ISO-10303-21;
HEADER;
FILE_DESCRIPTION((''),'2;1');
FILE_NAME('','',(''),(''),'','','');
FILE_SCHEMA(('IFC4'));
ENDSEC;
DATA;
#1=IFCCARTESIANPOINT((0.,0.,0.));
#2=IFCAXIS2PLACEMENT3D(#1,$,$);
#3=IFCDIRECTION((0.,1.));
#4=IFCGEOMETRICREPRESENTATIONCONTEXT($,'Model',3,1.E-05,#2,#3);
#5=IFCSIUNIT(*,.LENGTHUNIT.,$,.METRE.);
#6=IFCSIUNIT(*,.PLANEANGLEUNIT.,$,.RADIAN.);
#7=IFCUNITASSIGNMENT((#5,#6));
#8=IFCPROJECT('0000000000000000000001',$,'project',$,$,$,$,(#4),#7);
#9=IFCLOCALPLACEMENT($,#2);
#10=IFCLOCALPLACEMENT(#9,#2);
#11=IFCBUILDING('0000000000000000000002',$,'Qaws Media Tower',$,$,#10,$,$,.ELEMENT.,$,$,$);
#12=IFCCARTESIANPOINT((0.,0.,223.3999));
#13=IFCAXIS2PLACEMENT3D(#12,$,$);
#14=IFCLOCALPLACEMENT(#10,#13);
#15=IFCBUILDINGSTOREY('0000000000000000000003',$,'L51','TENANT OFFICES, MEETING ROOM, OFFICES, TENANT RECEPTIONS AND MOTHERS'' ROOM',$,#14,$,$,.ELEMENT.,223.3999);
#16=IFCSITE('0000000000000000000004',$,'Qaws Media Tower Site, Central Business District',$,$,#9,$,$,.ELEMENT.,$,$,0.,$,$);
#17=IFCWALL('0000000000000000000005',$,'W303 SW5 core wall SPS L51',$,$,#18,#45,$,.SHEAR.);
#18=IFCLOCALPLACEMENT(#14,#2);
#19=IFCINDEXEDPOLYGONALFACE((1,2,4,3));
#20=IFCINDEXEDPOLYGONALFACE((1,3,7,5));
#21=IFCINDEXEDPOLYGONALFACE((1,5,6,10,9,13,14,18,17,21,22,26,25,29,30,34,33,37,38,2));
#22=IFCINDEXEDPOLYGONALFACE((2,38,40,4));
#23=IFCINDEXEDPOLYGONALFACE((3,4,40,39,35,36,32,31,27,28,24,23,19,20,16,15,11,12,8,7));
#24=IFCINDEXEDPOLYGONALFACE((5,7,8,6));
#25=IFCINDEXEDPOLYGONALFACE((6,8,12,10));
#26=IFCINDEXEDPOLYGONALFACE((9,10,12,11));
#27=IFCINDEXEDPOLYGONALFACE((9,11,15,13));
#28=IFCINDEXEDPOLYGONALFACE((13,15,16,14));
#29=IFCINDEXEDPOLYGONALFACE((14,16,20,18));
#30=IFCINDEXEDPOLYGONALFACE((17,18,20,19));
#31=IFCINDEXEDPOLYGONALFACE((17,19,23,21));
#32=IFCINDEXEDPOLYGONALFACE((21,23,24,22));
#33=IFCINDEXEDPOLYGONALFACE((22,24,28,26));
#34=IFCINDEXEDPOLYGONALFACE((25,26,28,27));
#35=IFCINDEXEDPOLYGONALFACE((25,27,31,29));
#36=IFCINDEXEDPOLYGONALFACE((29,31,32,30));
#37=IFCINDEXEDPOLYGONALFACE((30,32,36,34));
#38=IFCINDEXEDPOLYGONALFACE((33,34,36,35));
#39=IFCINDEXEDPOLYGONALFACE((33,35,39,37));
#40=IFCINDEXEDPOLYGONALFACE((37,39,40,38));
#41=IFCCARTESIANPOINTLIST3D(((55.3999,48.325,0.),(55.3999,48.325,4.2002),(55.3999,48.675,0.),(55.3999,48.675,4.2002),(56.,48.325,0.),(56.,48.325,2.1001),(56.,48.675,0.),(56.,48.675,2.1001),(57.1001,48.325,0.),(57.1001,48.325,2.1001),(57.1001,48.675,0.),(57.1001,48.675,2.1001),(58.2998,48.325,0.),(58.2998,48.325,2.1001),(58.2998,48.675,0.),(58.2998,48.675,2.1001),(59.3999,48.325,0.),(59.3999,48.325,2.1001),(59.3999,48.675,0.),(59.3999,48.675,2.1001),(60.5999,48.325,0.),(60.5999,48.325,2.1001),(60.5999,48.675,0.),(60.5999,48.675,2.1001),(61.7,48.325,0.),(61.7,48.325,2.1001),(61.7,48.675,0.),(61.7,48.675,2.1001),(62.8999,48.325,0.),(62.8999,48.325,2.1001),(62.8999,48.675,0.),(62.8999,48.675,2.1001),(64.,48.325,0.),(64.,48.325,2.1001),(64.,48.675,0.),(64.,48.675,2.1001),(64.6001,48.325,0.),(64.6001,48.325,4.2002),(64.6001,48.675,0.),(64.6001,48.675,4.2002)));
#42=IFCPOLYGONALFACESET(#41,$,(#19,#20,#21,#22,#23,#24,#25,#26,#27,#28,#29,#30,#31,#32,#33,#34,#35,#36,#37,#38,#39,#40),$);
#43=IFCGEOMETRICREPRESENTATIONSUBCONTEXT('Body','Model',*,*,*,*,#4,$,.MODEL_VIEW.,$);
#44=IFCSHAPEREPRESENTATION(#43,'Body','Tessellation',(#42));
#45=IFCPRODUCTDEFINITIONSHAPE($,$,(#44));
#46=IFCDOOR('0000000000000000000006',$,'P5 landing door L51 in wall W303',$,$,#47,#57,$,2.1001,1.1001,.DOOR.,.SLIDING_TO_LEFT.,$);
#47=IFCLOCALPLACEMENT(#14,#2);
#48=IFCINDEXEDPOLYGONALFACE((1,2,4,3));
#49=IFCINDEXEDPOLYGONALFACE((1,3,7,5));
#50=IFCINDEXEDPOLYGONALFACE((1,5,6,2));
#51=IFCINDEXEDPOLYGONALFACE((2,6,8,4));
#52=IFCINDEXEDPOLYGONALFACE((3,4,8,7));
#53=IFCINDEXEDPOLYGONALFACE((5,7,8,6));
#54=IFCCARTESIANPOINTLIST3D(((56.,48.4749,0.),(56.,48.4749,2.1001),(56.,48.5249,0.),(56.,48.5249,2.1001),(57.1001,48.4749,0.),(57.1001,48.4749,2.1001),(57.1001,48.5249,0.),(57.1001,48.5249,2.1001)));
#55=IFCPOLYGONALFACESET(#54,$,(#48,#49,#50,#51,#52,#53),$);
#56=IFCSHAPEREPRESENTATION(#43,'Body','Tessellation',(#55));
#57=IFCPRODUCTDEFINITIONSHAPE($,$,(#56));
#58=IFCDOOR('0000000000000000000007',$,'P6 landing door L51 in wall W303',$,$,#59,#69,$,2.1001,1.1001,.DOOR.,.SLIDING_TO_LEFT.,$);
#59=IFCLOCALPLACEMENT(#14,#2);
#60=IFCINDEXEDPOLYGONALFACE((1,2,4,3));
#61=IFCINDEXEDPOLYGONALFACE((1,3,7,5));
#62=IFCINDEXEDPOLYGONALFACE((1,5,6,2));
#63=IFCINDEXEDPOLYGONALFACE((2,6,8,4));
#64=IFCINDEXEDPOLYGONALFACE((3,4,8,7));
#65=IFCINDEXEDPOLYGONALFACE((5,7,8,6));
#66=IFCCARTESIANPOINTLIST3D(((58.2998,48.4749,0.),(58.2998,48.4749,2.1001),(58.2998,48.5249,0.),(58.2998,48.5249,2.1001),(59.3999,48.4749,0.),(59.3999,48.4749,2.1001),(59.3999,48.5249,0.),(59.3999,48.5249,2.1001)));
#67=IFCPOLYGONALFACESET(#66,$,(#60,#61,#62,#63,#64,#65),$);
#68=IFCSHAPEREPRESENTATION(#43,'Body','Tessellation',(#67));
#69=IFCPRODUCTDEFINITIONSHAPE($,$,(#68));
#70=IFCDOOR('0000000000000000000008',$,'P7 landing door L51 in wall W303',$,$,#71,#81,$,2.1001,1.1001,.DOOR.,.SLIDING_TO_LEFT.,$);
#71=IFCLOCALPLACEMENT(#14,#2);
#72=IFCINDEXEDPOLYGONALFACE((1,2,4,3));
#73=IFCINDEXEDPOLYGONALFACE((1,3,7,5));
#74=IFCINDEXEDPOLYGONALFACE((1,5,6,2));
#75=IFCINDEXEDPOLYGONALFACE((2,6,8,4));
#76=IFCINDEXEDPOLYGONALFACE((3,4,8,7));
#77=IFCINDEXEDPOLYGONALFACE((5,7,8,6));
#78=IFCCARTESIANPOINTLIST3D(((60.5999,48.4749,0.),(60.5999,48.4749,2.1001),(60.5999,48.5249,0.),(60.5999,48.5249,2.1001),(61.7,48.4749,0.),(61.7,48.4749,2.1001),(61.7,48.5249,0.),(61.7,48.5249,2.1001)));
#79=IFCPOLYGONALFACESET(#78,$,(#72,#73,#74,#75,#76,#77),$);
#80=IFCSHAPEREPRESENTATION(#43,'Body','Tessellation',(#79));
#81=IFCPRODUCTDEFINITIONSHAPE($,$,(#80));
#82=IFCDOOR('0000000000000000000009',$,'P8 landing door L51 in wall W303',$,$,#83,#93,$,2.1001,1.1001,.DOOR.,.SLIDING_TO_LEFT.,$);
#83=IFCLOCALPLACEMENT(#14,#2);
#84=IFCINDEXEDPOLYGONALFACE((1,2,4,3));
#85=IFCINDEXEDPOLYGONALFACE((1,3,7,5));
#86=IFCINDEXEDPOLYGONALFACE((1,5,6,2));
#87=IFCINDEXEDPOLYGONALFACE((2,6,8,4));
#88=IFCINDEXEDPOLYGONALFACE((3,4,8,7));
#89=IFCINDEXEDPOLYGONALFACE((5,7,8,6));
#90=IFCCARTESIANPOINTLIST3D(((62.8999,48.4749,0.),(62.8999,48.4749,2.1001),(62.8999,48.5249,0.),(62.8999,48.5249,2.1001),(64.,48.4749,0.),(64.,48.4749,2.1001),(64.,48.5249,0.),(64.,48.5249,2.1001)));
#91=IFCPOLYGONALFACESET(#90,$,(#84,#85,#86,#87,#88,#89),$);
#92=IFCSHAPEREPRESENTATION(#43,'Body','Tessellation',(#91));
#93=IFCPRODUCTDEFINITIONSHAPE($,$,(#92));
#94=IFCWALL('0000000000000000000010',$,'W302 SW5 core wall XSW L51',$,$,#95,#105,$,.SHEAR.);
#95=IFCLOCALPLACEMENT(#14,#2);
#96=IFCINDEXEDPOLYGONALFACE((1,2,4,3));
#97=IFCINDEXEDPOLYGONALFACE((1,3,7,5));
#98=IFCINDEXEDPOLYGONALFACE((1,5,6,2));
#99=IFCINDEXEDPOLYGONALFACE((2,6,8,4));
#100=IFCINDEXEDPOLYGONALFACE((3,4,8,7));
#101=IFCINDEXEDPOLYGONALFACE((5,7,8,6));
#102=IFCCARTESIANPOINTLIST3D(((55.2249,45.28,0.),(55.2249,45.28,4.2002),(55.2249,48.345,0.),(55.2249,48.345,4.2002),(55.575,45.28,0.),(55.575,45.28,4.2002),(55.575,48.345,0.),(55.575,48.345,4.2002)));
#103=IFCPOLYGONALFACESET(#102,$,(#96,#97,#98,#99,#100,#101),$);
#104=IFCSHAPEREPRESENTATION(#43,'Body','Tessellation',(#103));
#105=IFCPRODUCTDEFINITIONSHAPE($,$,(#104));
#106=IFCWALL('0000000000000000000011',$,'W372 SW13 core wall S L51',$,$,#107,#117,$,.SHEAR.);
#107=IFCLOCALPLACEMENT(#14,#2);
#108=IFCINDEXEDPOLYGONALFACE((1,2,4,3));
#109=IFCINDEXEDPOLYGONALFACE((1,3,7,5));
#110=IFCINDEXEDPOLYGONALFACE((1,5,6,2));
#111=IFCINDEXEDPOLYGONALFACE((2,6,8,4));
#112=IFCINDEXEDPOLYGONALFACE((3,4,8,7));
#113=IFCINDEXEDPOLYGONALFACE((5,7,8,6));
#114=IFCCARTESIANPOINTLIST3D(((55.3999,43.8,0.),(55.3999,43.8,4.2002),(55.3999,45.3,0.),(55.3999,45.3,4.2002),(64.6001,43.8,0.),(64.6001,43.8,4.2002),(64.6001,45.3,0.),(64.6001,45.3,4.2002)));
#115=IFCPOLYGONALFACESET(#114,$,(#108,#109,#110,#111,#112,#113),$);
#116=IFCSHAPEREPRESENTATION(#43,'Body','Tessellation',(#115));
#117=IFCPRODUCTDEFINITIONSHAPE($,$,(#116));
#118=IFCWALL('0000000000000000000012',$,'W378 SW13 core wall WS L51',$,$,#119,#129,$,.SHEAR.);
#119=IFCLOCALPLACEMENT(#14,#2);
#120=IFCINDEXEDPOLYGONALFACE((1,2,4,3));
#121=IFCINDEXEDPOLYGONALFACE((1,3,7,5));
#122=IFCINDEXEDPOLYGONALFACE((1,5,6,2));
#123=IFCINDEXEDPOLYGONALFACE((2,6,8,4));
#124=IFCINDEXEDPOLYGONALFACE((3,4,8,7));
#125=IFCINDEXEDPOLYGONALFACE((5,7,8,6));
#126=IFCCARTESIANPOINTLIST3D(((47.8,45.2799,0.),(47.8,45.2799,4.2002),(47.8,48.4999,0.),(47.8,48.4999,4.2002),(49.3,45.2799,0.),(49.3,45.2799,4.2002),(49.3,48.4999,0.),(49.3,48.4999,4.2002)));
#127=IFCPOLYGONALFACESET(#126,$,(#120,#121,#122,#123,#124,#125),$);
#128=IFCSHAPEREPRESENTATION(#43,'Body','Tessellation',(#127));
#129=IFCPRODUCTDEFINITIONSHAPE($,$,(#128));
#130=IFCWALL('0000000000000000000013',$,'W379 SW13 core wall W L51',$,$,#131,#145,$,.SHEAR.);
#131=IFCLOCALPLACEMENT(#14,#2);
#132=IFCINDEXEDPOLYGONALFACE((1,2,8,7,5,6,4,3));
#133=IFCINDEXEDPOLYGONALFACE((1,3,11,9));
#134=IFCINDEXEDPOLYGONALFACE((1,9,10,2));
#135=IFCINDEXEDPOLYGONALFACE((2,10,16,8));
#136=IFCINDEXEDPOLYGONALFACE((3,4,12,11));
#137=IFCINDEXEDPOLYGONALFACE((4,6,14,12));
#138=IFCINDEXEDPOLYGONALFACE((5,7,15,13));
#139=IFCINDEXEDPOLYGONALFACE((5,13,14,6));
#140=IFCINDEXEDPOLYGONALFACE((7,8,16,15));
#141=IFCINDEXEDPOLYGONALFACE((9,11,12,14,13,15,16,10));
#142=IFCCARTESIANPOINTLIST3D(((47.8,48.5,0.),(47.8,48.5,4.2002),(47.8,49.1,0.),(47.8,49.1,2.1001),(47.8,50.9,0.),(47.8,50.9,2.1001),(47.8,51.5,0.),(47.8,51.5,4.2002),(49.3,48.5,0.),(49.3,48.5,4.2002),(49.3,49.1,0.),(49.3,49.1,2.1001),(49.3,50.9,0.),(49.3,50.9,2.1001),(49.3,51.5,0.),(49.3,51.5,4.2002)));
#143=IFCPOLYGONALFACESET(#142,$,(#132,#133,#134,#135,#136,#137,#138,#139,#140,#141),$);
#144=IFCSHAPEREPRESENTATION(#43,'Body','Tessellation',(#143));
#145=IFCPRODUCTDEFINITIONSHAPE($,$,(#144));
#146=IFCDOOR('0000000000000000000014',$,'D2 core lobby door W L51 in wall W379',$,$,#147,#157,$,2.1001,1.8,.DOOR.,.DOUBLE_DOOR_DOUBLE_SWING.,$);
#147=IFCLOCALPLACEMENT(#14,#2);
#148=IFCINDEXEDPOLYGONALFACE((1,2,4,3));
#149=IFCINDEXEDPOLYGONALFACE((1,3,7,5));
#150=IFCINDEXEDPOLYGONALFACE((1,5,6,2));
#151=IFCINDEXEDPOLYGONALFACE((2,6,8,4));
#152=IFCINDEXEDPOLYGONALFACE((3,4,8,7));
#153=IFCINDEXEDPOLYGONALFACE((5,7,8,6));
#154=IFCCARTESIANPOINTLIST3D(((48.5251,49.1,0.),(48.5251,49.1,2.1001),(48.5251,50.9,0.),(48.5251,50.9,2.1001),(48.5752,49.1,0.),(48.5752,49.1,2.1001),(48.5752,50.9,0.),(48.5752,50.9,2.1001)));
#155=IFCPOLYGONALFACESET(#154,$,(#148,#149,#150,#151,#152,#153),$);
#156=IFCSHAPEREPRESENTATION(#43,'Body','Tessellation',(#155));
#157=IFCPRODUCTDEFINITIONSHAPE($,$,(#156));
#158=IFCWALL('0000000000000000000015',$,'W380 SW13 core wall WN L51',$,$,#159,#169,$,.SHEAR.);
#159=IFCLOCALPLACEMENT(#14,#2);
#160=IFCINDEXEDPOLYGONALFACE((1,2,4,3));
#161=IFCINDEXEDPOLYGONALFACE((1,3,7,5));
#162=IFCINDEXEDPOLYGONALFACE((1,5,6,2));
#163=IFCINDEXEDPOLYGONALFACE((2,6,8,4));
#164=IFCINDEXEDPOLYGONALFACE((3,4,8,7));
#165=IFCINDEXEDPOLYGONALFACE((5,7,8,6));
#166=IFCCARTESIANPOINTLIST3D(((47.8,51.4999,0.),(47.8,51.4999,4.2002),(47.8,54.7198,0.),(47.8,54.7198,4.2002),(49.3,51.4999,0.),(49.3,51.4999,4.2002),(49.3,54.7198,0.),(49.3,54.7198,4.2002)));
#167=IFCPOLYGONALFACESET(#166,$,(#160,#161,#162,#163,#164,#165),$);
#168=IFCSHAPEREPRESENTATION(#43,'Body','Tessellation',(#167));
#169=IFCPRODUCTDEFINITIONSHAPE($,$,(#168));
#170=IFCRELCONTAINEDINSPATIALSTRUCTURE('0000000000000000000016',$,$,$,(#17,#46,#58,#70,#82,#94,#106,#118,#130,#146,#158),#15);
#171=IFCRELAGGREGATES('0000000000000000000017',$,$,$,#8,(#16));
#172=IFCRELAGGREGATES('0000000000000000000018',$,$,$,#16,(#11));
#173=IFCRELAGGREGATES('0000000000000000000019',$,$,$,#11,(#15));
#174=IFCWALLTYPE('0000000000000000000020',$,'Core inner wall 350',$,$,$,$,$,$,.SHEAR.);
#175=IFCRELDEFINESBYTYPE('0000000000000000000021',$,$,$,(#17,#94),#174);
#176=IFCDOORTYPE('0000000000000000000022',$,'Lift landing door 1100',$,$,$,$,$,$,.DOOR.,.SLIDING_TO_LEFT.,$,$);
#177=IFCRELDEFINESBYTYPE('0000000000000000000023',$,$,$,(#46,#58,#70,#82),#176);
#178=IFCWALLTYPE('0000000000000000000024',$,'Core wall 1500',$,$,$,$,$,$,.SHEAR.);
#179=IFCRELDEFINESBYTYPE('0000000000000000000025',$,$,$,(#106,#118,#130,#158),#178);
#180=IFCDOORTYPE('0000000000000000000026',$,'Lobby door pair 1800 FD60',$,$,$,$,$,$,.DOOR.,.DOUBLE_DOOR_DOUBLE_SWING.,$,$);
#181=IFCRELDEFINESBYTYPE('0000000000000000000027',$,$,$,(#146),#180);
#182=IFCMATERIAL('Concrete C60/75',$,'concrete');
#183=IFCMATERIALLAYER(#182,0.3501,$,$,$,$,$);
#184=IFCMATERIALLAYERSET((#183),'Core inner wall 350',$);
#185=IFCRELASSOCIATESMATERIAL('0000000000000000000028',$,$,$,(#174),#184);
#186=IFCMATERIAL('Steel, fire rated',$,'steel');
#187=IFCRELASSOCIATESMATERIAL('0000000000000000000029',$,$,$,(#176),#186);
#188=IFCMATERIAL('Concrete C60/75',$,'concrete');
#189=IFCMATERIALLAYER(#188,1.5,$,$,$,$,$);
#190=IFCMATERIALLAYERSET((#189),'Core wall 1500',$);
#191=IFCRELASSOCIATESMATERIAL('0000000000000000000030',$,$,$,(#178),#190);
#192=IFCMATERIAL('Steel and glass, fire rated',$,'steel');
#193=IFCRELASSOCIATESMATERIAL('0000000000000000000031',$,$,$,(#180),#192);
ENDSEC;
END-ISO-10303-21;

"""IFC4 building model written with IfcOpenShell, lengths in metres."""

from ifc_helpers import new_model, si_unit, direction, frame, frame_2d, origin, place, context, subcontext, project, spatial, rectangle, extrude, material, layer, layer_set, type_object, element, fill, save


model = new_model("IFC4")

# Units and contexts
model_context = context("Model", 3, precision=1e-05, world=origin(), true_north=direction((0.0, 1.0)))
body_context = subcontext(model_context, "Body", "Model", "MODEL_VIEW")
ifc_project = project(units=[si_unit("LENGTHUNIT", "METRE"), si_unit("PLANEANGLEUNIT", "RADIAN")], contexts=[model_context])

# Site, building, storey
site_placement = place(None, origin())
site = spatial("IfcSite", under=ifc_project, at=site_placement, Name="Qaws Media Tower Site, Central Business District", CompositionType="ELEMENT", RefElevation=0.0)
building_placement = place(site_placement, origin())
building = spatial("IfcBuilding", under=site, at=building_placement, Name="Qaws Media Tower", CompositionType="ELEMENT")
storey_placement = place(building_placement, frame((0.0, 0.0, 223.3999)))
storey = spatial("IfcBuildingStorey", under=building, at=storey_placement, Name="L51", Description="TENANT OFFICES, MEETING ROOM, OFFICES, TENANT RECEPTIONS AND MOTHERS' ROOM", CompositionType="ELEMENT", Elevation=223.3999)

# Shared definitions
ifc_material_1 = material(Name="Concrete C60/75", Category="concrete")
ifc_layer_1 = layer(ifc_material_1, 0.3501)
ifc_layer_set_1 = layer_set([ifc_layer_1], Name="Core inner wall 350")
wall_type_1 = type_object("IfcWallType", Name="Core inner wall 350", PredefinedType="SHEAR", material=ifc_layer_set_1)

# Wall, openings, doors
wall_1_placement = place(storey_placement, frame((55.3999, 48.5, 0.0), z_axis=(0.0, 0.0, 1.0), x_axis=(1.0, 0.0, 0.0)))
wall_1 = element("IfcWall", 1, at=wall_1_placement, inside=storey, type_object=wall_type_1, Name="W303 SW5 core wall SPS L51", PredefinedType="SHEAR", context=body_context, shape_type="SweptSolid", body=[
    extrude(rectangle(XDim=9.2002, YDim=0.3501, at=frame_2d((4.6001, 0.0))), origin(), (0.0, 0.0, 1.0), 4.2002),
])
opening_1_placement = place(wall_1_placement, frame((0.6001, 0.0, 0.0)))
opening_1 = element("IfcOpeningElement", 2, at=opening_1_placement, cuts=wall_1, PredefinedType="OPENING", context=body_context, shape_type="SweptSolid", body=[
    extrude(rectangle(XDim=1.1001, YDim=2.1001, at=frame_2d((0.55, 1.05))), frame((0.0, 0.1851, 0.0), z_axis=(0.0, -1.0, 0.0), x_axis=(1.0, 0.0, 0.0)), (0.0, 0.0, 1.0), 0.3701),
])
opening_2_placement = place(wall_1_placement, frame((2.8999, 0.0, 0.0)))
opening_2 = element("IfcOpeningElement", 3, at=opening_2_placement, cuts=wall_1, PredefinedType="OPENING", context=body_context, shape_type="SweptSolid", body=[
    extrude(rectangle(XDim=1.1001, YDim=2.1001, at=frame_2d((0.55, 1.05))), frame((0.0, 0.1851, 0.0), z_axis=(0.0, -1.0, 0.0), x_axis=(1.0, 0.0, 0.0)), (0.0, 0.0, 1.0), 0.3701),
])
opening_3_placement = place(wall_1_placement, frame((5.2, 0.0, 0.0)))
opening_3 = element("IfcOpeningElement", 4, at=opening_3_placement, cuts=wall_1, PredefinedType="OPENING", context=body_context, shape_type="SweptSolid", body=[
    extrude(rectangle(XDim=1.1001, YDim=2.1001, at=frame_2d((0.55, 1.05))), frame((0.0, 0.1851, 0.0), z_axis=(0.0, -1.0, 0.0), x_axis=(1.0, 0.0, 0.0)), (0.0, 0.0, 1.0), 0.3701),
])
opening_4_placement = place(wall_1_placement, frame((7.5, 0.0, 0.0)))
opening_4 = element("IfcOpeningElement", 5, at=opening_4_placement, cuts=wall_1, PredefinedType="OPENING", context=body_context, shape_type="SweptSolid", body=[
    extrude(rectangle(XDim=1.1001, YDim=2.1001, at=frame_2d((0.55, 1.05))), frame((0.0, 0.1851, 0.0), z_axis=(0.0, -1.0, 0.0), x_axis=(1.0, 0.0, 0.0)), (0.0, 0.0, 1.0), 0.3701),
])
ifc_material_2 = material(Name="Steel, fire rated", Category="steel")
door_type_1 = type_object("IfcDoorType", Name="Lift landing door 1100", OperationType="SLIDING_TO_LEFT", PredefinedType="DOOR", material=ifc_material_2)
door_1_placement = place(opening_1_placement, origin())
door_1 = element("IfcDoor", 6, at=door_1_placement, inside=storey, type_object=door_type_1, Name="P5 landing door L51 in wall W303", OperationType="SLIDING_TO_LEFT", OverallHeight=2.1001, OverallWidth=1.1001, PredefinedType="DOOR", context=body_context, shape_type="SweptSolid", body=[
    extrude(rectangle(XDim=1.1001, YDim=2.1001, at=frame_2d((0.55, 1.05))), frame((0.0, 0.0249, 0.0), z_axis=(0.0, -1.0, 0.0), x_axis=(1.0, 0.0, 0.0)), (0.0, 0.0, 1.0), 0.05),
])
fill(opening_1, door_1)
door_2_placement = place(opening_2_placement, origin())
door_2 = element("IfcDoor", 7, at=door_2_placement, inside=storey, type_object=door_type_1, Name="P6 landing door L51 in wall W303", OperationType="SLIDING_TO_LEFT", OverallHeight=2.1001, OverallWidth=1.1001, PredefinedType="DOOR", context=body_context, shape_type="SweptSolid", body=[
    extrude(rectangle(XDim=1.1001, YDim=2.1001, at=frame_2d((0.55, 1.05))), frame((0.0, 0.0249, 0.0), z_axis=(0.0, -1.0, 0.0), x_axis=(1.0, 0.0, 0.0)), (0.0, 0.0, 1.0), 0.05),
])
fill(opening_2, door_2)
door_3_placement = place(opening_3_placement, origin())
door_3 = element("IfcDoor", 8, at=door_3_placement, inside=storey, type_object=door_type_1, Name="P7 landing door L51 in wall W303", OperationType="SLIDING_TO_LEFT", OverallHeight=2.1001, OverallWidth=1.1001, PredefinedType="DOOR", context=body_context, shape_type="SweptSolid", body=[
    extrude(rectangle(XDim=1.1001, YDim=2.1001, at=frame_2d((0.55, 1.05))), frame((0.0, 0.0249, 0.0), z_axis=(0.0, -1.0, 0.0), x_axis=(1.0, 0.0, 0.0)), (0.0, 0.0, 1.0), 0.05),
])
fill(opening_3, door_3)
door_4_placement = place(opening_4_placement, origin())
door_4 = element("IfcDoor", 9, at=door_4_placement, inside=storey, type_object=door_type_1, Name="P8 landing door L51 in wall W303", OperationType="SLIDING_TO_LEFT", OverallHeight=2.1001, OverallWidth=1.1001, PredefinedType="DOOR", context=body_context, shape_type="SweptSolid", body=[
    extrude(rectangle(XDim=1.1001, YDim=2.1001, at=frame_2d((0.55, 1.05))), frame((0.0, 0.0249, 0.0), z_axis=(0.0, -1.0, 0.0), x_axis=(1.0, 0.0, 0.0)), (0.0, 0.0, 1.0), 0.05),
])
fill(opening_4, door_4)

# Walls
wall_2_placement = place(storey_placement, frame((55.3999, 48.345, 0.0), z_axis=(0.0, 0.0, 1.0), x_axis=(0.0, -1.0, 0.0)))
element("IfcWall", 10, at=wall_2_placement, inside=storey, type_object=wall_type_1, Name="W302 SW5 core wall XSW L51", PredefinedType="SHEAR", context=body_context, shape_type="SweptSolid", body=[
    extrude(rectangle(XDim=3.0649, YDim=0.3501, at=frame_2d((1.5325, 0.0))), origin(), (0.0, 0.0, 1.0), 4.2002),
])
ifc_material_3 = material(Name="Concrete C60/75", Category="concrete")
ifc_layer_2 = layer(ifc_material_3, 1.5)
ifc_layer_set_2 = layer_set([ifc_layer_2], Name="Core wall 1500")
wall_type_2 = type_object("IfcWallType", Name="Core wall 1500", PredefinedType="SHEAR", material=ifc_layer_set_2)
wall_3_placement = place(storey_placement, frame((55.3999, 44.55, 0.0), z_axis=(0.0, 0.0, 1.0), x_axis=(1.0, 0.0, 0.0)))
element("IfcWall", 11, at=wall_3_placement, inside=storey, type_object=wall_type_2, Name="W372 SW13 core wall S L51", PredefinedType="SHEAR", context=body_context, shape_type="SweptSolid", body=[
    extrude(rectangle(XDim=9.2002, YDim=1.5, at=frame_2d((4.6001, 0.0))), origin(), (0.0, 0.0, 1.0), 4.2002),
])
wall_4_placement = place(storey_placement, frame((48.55, 45.28, 0.0), z_axis=(0.0, 0.0, 1.0), x_axis=(0.0, 1.0, 0.0)))
element("IfcWall", 12, at=wall_4_placement, inside=storey, type_object=wall_type_2, Name="W378 SW13 core wall WS L51", PredefinedType="SHEAR", context=body_context, shape_type="SweptSolid", body=[
    extrude(rectangle(XDim=3.22, YDim=1.5, at=frame_2d((1.6099, 0.0))), origin(), (0.0, 0.0, 1.0), 4.2002),
])

# Wall, opening, door
wall_5_placement = place(storey_placement, frame((48.55, 48.5, 0.0), z_axis=(0.0, 0.0, 1.0), x_axis=(0.0, 1.0, 0.0)))
wall_5 = element("IfcWall", 13, at=wall_5_placement, inside=storey, type_object=wall_type_2, Name="W379 SW13 core wall W L51", PredefinedType="SHEAR", context=body_context, shape_type="SweptSolid", body=[
    extrude(rectangle(XDim=3.0, YDim=1.5, at=frame_2d((1.5, 0.0))), origin(), (0.0, 0.0, 1.0), 4.2002),
])
opening_5_placement = place(wall_5_placement, frame((0.6001, 0.0, 0.0)))
opening_5 = element("IfcOpeningElement", 14, at=opening_5_placement, cuts=wall_5, PredefinedType="OPENING", context=body_context, shape_type="SweptSolid", body=[
    extrude(rectangle(XDim=1.8, YDim=2.1001, at=frame_2d((0.8999, 1.05))), frame((0.0, 0.76, 0.0), z_axis=(0.0, -1.0, 0.0), x_axis=(1.0, 0.0, 0.0)), (0.0, 0.0, 1.0), 1.52),
])
ifc_material_4 = material(Name="Steel and glass, fire rated", Category="steel")
door_type_2 = type_object("IfcDoorType", Name="Lobby door pair 1800 FD60", OperationType="DOUBLE_DOOR_DOUBLE_SWING", PredefinedType="DOOR", material=ifc_material_4)
door_5_placement = place(opening_5_placement, origin())
door_5 = element("IfcDoor", 15, at=door_5_placement, inside=storey, type_object=door_type_2, Name="D2 core lobby door W L51 in wall W379", OperationType="DOUBLE_DOOR_DOUBLE_SWING", OverallHeight=2.1001, OverallWidth=1.8, PredefinedType="DOOR", context=body_context, shape_type="SweptSolid", body=[
    extrude(rectangle(XDim=1.8, YDim=2.1001, at=frame_2d((0.8999, 1.05))), frame((0.0, 0.0249, 0.0), z_axis=(0.0, -1.0, 0.0), x_axis=(1.0, 0.0, 0.0)), (0.0, 0.0, 1.0), 0.05),
])
fill(opening_5, door_5)

# Wall
wall_6_placement = place(storey_placement, frame((48.55, 51.5, 0.0), z_axis=(0.0, 0.0, 1.0), x_axis=(0.0, 1.0, 0.0)))
element("IfcWall", 16, at=wall_6_placement, inside=storey, type_object=wall_type_2, Name="W380 SW13 core wall WN L51", PredefinedType="SHEAR", context=body_context, shape_type="SweptSolid", body=[
    extrude(rectangle(XDim=3.22, YDim=1.5, at=frame_2d((1.6099, 0.0))), origin(), (0.0, 0.0, 1.0), 4.2002),
])

save(model, "model.ifc")
